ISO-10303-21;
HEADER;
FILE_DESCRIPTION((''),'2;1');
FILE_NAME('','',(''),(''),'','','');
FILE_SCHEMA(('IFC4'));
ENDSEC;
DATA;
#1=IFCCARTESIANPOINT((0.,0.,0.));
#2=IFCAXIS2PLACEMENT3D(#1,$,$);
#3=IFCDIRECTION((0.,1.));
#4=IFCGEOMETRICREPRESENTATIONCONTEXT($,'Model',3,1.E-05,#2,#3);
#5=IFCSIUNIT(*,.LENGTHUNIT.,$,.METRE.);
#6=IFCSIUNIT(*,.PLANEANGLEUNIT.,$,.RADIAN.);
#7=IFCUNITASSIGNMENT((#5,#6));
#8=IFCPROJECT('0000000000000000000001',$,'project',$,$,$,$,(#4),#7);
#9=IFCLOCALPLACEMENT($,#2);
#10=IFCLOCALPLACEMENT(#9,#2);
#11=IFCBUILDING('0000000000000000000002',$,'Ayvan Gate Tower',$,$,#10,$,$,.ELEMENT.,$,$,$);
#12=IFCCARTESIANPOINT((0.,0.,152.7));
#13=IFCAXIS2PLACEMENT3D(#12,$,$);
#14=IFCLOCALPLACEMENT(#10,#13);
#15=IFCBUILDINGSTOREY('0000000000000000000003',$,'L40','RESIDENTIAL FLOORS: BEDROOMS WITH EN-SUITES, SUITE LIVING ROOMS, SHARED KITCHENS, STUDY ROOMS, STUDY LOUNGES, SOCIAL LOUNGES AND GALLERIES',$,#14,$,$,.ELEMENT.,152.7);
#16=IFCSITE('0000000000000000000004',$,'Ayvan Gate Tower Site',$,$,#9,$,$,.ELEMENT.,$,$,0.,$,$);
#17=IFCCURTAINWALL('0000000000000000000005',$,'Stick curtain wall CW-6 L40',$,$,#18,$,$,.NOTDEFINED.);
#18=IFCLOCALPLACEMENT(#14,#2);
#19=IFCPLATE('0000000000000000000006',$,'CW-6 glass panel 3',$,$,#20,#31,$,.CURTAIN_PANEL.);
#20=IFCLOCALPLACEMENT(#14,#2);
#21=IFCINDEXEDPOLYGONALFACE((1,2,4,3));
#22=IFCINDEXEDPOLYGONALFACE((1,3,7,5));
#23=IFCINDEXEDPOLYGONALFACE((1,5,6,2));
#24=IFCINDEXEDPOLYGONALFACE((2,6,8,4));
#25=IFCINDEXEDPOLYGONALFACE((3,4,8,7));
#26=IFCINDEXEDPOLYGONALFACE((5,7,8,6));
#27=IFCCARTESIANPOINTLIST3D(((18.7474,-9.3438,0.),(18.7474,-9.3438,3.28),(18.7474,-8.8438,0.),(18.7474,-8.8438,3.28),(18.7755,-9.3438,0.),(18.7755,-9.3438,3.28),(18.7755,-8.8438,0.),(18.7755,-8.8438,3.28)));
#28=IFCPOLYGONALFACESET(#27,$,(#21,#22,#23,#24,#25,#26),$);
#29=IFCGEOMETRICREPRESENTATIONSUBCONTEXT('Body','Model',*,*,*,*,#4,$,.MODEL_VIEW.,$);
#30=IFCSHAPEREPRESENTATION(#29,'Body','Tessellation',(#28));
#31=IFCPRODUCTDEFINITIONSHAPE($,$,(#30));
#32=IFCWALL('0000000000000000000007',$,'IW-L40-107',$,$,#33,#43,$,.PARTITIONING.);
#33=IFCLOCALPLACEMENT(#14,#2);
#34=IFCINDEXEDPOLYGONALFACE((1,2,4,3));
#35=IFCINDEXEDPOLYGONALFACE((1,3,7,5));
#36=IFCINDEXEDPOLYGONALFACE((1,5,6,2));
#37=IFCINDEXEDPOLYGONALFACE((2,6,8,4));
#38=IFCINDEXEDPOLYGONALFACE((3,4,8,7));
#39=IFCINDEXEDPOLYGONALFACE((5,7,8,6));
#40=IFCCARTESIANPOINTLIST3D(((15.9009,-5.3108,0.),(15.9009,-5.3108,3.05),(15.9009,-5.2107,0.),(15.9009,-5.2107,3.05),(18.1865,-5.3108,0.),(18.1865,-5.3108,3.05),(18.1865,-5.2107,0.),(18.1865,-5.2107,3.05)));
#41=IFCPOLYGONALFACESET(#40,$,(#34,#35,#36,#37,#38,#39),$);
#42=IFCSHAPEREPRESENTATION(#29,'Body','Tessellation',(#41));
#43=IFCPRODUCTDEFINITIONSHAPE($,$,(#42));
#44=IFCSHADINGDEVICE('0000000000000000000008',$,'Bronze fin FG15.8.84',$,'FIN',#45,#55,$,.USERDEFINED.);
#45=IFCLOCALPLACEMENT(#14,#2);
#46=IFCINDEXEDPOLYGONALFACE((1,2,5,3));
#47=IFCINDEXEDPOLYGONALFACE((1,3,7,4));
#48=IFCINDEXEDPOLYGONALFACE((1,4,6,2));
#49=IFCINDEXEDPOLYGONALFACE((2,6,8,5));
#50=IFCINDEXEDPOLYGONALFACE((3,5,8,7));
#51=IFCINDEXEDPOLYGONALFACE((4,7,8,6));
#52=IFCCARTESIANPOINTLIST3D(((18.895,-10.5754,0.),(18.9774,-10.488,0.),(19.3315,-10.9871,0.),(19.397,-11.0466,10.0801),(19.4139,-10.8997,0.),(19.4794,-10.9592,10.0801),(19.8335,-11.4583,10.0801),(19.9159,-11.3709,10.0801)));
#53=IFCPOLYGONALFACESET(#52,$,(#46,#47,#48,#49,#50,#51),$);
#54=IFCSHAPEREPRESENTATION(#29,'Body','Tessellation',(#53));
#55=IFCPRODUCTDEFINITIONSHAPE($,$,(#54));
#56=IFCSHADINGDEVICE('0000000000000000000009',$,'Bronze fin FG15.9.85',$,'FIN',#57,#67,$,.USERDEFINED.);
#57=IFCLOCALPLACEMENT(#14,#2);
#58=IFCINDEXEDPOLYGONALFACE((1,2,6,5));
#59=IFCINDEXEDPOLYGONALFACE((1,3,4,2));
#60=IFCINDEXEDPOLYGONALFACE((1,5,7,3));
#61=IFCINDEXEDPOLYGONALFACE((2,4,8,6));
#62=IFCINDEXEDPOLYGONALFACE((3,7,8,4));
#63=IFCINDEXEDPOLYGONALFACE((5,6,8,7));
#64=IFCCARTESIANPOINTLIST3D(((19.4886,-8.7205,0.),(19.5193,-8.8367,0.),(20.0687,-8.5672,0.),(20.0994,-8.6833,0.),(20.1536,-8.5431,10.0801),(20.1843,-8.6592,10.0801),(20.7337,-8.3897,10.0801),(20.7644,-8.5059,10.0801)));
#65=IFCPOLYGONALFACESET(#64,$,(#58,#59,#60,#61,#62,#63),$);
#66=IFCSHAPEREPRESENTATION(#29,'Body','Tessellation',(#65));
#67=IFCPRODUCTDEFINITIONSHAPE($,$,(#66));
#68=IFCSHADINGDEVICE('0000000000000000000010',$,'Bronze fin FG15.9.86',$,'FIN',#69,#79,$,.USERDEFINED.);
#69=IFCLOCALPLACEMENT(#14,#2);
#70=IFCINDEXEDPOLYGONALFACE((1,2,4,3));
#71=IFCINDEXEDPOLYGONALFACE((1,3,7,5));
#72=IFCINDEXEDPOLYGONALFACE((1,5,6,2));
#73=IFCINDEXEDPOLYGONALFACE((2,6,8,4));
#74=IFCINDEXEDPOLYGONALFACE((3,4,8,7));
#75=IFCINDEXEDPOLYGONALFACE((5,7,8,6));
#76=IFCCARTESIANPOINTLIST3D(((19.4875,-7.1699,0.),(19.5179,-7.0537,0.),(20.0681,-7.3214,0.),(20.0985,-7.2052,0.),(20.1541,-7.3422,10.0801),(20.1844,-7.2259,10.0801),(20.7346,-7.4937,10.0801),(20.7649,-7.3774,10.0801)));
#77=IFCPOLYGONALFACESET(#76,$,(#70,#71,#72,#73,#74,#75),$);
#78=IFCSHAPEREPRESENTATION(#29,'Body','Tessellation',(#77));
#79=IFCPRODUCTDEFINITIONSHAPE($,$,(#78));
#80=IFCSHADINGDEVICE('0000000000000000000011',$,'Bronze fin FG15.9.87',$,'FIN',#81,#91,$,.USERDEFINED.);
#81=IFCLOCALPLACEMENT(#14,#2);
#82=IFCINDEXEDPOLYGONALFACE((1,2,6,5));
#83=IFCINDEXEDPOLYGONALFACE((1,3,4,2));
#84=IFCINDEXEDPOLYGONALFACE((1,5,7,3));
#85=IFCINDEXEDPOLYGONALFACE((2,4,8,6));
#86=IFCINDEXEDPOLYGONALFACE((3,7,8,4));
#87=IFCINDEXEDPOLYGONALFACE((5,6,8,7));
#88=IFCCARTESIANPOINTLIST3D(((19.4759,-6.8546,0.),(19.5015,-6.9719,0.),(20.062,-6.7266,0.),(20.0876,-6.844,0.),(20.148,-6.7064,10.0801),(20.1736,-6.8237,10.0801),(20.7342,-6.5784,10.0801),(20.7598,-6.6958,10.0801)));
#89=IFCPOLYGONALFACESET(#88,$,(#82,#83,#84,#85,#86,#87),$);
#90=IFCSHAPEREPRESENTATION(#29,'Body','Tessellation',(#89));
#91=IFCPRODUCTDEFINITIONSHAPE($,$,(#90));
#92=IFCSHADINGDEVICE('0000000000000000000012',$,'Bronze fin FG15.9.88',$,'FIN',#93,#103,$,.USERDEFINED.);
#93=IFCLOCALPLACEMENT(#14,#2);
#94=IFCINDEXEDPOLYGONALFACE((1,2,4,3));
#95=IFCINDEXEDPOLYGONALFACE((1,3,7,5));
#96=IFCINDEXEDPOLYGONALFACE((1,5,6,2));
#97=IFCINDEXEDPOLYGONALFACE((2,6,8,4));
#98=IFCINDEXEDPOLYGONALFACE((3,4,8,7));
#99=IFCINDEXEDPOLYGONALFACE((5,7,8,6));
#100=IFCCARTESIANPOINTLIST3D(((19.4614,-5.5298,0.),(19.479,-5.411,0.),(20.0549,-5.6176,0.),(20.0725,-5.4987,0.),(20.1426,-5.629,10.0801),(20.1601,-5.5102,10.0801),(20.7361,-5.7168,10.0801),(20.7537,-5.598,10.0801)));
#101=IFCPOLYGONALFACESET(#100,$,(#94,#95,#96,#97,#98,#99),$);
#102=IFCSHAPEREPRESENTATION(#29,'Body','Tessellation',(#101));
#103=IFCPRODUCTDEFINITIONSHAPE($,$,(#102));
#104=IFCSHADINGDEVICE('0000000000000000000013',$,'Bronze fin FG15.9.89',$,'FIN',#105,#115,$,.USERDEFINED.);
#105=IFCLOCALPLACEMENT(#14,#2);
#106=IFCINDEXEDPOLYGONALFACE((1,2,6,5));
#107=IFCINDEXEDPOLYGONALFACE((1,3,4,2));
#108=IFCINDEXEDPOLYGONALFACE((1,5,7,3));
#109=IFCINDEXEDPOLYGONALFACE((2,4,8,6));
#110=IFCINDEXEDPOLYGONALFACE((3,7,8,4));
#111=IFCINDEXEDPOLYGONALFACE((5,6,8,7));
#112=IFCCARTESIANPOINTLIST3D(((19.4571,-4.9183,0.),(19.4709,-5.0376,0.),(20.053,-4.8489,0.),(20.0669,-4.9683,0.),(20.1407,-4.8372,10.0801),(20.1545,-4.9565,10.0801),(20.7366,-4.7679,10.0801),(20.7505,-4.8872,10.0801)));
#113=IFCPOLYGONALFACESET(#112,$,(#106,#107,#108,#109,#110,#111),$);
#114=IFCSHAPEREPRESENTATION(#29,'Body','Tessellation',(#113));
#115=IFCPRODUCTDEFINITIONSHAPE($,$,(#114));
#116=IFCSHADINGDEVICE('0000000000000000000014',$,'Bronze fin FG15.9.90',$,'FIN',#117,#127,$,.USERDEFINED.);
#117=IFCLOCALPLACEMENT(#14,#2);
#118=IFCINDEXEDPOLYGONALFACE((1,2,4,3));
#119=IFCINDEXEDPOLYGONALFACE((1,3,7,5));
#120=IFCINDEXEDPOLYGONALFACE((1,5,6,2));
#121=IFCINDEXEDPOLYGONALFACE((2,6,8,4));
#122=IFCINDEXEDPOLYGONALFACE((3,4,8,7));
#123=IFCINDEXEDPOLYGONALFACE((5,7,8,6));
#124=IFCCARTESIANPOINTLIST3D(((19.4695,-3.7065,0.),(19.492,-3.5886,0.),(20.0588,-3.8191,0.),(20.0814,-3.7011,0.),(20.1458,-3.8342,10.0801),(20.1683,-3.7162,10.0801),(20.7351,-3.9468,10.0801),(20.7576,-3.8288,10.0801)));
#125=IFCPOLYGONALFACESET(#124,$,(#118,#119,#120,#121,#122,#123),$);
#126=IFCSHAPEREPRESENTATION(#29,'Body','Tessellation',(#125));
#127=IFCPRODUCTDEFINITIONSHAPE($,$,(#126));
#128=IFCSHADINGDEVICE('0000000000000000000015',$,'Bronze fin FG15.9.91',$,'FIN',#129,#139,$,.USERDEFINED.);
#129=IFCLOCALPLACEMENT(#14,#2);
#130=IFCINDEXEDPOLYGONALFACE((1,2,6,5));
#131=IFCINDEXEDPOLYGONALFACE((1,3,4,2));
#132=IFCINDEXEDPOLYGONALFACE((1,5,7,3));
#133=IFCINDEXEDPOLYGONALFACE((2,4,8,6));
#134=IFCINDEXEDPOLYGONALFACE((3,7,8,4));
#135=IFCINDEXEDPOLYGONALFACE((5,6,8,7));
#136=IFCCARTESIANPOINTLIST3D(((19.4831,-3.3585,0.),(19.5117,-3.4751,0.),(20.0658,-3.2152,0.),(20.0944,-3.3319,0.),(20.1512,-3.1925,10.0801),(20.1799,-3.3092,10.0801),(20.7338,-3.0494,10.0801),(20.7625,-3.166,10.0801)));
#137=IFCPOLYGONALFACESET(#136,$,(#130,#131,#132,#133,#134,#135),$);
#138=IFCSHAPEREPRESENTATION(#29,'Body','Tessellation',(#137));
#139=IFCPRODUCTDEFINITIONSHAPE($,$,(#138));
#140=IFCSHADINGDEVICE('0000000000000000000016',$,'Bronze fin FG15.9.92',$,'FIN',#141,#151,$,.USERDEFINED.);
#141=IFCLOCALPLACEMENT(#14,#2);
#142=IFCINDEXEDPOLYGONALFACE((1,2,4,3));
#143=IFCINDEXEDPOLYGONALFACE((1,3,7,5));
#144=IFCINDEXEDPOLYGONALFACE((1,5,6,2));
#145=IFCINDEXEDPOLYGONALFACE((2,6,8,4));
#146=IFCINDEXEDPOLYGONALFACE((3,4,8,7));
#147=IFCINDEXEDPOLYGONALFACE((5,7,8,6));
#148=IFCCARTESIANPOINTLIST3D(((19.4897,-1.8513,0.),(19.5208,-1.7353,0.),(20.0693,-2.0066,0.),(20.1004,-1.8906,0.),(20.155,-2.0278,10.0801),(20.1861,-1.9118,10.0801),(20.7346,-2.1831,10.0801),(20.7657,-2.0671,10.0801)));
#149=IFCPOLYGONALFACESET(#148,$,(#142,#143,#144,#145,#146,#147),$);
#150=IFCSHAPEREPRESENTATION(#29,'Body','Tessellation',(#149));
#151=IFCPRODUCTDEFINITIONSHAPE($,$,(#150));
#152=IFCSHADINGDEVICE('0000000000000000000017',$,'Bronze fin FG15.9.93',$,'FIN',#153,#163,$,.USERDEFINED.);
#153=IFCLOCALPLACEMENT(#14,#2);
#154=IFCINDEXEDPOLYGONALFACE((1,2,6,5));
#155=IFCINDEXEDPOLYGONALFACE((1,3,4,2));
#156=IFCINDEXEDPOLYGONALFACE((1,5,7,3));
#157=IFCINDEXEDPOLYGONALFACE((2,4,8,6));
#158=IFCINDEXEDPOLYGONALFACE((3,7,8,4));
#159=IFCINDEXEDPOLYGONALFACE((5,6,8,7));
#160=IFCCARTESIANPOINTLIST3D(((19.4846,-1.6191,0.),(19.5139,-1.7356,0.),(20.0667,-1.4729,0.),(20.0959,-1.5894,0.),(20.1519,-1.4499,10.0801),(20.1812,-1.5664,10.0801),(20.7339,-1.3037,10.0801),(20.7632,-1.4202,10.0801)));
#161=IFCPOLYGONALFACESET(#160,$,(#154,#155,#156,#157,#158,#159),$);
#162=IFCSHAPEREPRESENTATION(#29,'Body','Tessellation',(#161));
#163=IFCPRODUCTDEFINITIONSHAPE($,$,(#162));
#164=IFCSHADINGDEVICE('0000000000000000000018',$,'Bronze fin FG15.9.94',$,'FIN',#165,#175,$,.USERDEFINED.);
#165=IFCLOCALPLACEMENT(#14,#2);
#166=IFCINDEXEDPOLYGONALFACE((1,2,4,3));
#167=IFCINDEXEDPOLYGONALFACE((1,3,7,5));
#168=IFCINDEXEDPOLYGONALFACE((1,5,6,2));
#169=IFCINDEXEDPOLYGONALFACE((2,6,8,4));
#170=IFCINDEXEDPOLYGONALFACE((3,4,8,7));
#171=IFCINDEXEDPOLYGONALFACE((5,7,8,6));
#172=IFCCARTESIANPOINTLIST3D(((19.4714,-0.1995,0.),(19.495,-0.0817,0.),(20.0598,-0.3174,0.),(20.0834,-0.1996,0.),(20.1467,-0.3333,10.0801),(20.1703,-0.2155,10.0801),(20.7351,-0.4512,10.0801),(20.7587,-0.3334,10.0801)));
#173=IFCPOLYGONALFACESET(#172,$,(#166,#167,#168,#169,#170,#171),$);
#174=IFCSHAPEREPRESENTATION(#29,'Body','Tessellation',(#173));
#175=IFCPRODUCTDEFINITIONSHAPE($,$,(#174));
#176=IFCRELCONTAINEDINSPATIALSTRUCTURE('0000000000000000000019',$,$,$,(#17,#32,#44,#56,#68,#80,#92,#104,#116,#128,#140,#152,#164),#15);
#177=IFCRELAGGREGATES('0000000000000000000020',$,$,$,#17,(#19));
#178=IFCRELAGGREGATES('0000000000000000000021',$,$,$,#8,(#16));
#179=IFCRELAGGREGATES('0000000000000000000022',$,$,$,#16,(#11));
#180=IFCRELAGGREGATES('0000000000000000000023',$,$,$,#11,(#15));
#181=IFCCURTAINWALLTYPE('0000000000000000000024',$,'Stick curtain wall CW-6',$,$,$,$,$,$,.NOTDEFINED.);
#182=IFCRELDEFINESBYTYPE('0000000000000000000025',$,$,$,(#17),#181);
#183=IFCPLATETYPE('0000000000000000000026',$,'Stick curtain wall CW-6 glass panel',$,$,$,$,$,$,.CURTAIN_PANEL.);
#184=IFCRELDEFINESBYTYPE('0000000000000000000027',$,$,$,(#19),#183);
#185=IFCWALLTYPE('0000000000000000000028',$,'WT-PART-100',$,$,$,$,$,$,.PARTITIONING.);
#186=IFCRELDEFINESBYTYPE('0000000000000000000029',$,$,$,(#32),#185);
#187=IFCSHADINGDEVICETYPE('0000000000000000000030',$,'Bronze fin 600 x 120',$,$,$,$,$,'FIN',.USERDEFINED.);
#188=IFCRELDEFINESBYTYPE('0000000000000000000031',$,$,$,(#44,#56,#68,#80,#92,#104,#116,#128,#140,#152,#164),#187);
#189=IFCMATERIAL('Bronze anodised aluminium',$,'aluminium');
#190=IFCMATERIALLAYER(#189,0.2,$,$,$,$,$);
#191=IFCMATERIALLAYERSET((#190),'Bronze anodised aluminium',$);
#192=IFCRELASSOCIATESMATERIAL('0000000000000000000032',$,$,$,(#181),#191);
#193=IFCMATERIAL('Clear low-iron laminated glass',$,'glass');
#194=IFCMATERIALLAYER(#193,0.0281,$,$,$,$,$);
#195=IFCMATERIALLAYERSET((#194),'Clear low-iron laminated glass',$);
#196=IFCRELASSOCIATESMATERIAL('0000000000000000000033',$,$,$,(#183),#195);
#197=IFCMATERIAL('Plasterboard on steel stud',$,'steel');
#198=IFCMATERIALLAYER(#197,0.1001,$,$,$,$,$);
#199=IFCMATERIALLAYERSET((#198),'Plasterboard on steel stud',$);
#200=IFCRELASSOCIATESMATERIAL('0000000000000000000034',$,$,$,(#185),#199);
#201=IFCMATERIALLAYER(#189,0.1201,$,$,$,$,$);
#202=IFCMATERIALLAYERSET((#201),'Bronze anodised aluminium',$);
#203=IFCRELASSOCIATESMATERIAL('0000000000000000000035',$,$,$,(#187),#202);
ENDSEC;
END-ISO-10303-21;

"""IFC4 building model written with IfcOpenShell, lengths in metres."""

from ifc_helpers import new_model, si_unit, direction, frame, frame_2d, origin, origin_2d, place, context, subcontext, project, spatial, polyline, rectangle, outline, extrude, material, layer, layer_set, type_object, element, aggregate, save


model = new_model("IFC4")

# Units and contexts
model_context = context("Model", 3, precision=1e-05, world=origin(), true_north=direction((0.0, 1.0)))
body_context = subcontext(model_context, "Body", "Model", "MODEL_VIEW")
ifc_project = project(units=[si_unit("LENGTHUNIT", "METRE"), si_unit("PLANEANGLEUNIT", "RADIAN")], contexts=[model_context])

# Site, building, storey
site_placement = place(None, origin())
site = spatial("IfcSite", under=ifc_project, at=site_placement, Name="Ayvan Gate Tower Site", CompositionType="ELEMENT", RefElevation=0.0)
building_placement = place(site_placement, origin())
building = spatial("IfcBuilding", under=site, at=building_placement, Name="Ayvan Gate Tower", CompositionType="ELEMENT")
storey_placement = place(building_placement, frame((0.0, 0.0, 152.7)))
storey = spatial("IfcBuildingStorey", under=building, at=storey_placement, Name="L40", Description="RESIDENTIAL FLOORS: BEDROOMS WITH EN-SUITES, SUITE LIVING ROOMS, SHARED KITCHENS, STUDY ROOMS, STUDY LOUNGES, SOCIAL LOUNGES AND GALLERIES", CompositionType="ELEMENT", Elevation=152.7)

# Curtain wall
ifc_material_1 = material(Name="Bronze anodised aluminium", Category="aluminium")
ifc_layer_1 = layer(ifc_material_1, 0.2)
ifc_layer_set_1 = layer_set([ifc_layer_1], Name="Bronze anodised aluminium")
curtain_wall_type_1 = type_object("IfcCurtainWallType", Name="Stick curtain wall CW-6", PredefinedType="NOTDEFINED", material=ifc_layer_set_1)
curtain_wall_1_placement = place(storey_placement, origin())
curtain_wall_1 = element("IfcCurtainWall", 1, at=curtain_wall_1_placement, inside=storey, type_object=curtain_wall_type_1, Name="Stick curtain wall CW-6 L40", PredefinedType="NOTDEFINED")

# Plate
ifc_material_2 = material(Name="Clear low-iron laminated glass", Category="glass")
ifc_layer_2 = layer(ifc_material_2, 0.0281)
ifc_layer_set_2 = layer_set([ifc_layer_2], Name="Clear low-iron laminated glass")
plate_type_1 = type_object("IfcPlateType", Name="Stick curtain wall CW-6 glass panel", PredefinedType="CURTAIN_PANEL", material=ifc_layer_set_2)
plate_1_placement = place(storey_placement, frame((18.7615, -9.0938, 0.0), z_axis=(0.0, 0.0, 1.0), x_axis=(0.0, 1.0, 0.0)))
plate_1 = element("IfcPlate", 2, at=plate_1_placement, type_object=plate_type_1, Name="CW-6 glass panel 3", PredefinedType="CURTAIN_PANEL", context=body_context, shape_type="SweptSolid", body=[
    extrude(rectangle(XDim=0.5, YDim=0.0281, at=origin_2d()), origin(), (0.0, 0.0, 1.0), 3.28),
])
aggregate(curtain_wall_1, [plate_1])

# Wall
ifc_material_3 = material(Name="Plasterboard on steel stud", Category="steel")
ifc_layer_3 = layer(ifc_material_3, 0.1001)
ifc_layer_set_3 = layer_set([ifc_layer_3], Name="Plasterboard on steel stud")
wall_type = type_object("IfcWallType", Name="WT-PART-100", PredefinedType="PARTITIONING", material=ifc_layer_set_3)
wall_placement = place(storey_placement, frame((18.1865, -5.2607, 0.0), z_axis=(0.0, 0.0, 1.0), x_axis=(-1.0, 0.0, 0.0)))
element("IfcWall", 3, at=wall_placement, inside=storey, type_object=wall_type, Name="IW-L40-107", PredefinedType="PARTITIONING", context=body_context, shape_type="SweptSolid", body=[
    extrude(rectangle(XDim=2.2856, YDim=0.1001, at=frame_2d((1.1428, 0.0))), origin(), (0.0, 0.0, 1.0), 3.05),
])

# Shading devices
ifc_layer_4 = layer(ifc_material_1, 0.1201)
ifc_layer_set_4 = layer_set([ifc_layer_4], Name="Bronze anodised aluminium")
shading_device_type = type_object("IfcShadingDeviceType", Name="Bronze fin 600 x 120", ElementType="FIN", PredefinedType="USERDEFINED", material=ifc_layer_set_4)
shading_device_1_placement = place(storey_placement, frame((18.895, -10.5754, 0.0), z_axis=(-0.68605, -0.727555, 0.000154), x_axis=(0.727555, -0.68605, 0.0)))
element("IfcShadingDevice", 4, at=shading_device_1_placement, inside=storey, type_object=shading_device_type, Name="Bronze fin FG15.8.84", ObjectType="FIN", PredefinedType="USERDEFINED", context=body_context, shape_type="SweptSolid", body=[
    extrude(outline(polyline([(0.0, 0.0), (0.6, 0.0), (1.2884, 10.0801), (0.6885, 10.0801), (0.0, 0.0)])), origin(), (0.0, 0.0, -1.0), 0.1201),
])
shading_device_2_placement = place(storey_placement, frame((19.5193, -8.8367, 0.0), z_axis=(0.255535, -0.9668, 0.000164), x_axis=(0.9668, 0.255535, 0.0)))
element("IfcShadingDevice", 5, at=shading_device_2_placement, inside=storey, type_object=shading_device_type, Name="Bronze fin FG15.9.85", ObjectType="FIN", PredefinedType="USERDEFINED", context=body_context, shape_type="SweptSolid", body=[
    extrude(outline(polyline([(0.0, 0.0), (0.6, 0.0), (1.2883, 10.0801), (0.6883, 10.0801), (0.0, 0.0)])), origin(), (0.0, 0.0, -1.0), 0.1201),
])
shading_device_3_placement = place(storey_placement, frame((19.4875, -7.1699, 0.0), z_axis=(-0.25248, -0.967602, 0.000161), x_axis=(0.967602, -0.25248, 0.0)))
element("IfcShadingDevice", 6, at=shading_device_3_placement, inside=storey, type_object=shading_device_type, Name="Bronze fin FG15.9.86", ObjectType="FIN", PredefinedType="USERDEFINED", context=body_context, shape_type="SweptSolid", body=[
    extrude(outline(polyline([(0.0, 0.0), (0.6, 0.0), (1.2884, 10.0801), (0.6884, 10.0801), (0.0, 0.0)])), origin(), (0.0, 0.0, -1.0), 0.1201),
])
shading_device_4_placement = place(storey_placement, frame((19.5015, -6.9719, 0.0), z_axis=(0.213224, -0.977003, 0.000146), x_axis=(0.977003, 0.213224, 0.0)))
element("IfcShadingDevice", 7, at=shading_device_4_placement, inside=storey, type_object=shading_device_type, Name="Bronze fin FG15.9.87", ObjectType="FIN", PredefinedType="USERDEFINED", context=body_context, shape_type="SweptSolid", body=[
    extrude(outline(polyline([(0.0, 0.0), (0.6, 0.0), (1.2882, 10.0801), (0.6883, 10.0801), (0.0, 0.0)])), origin(), (0.0, 0.0, -1.0), 0.1201),
])
shading_device_5_placement = place(storey_placement, frame((19.4614, -5.5298, 0.0), z_axis=(-0.146291, -0.989242, 0.000146), x_axis=(0.989242, -0.146291, 0.0)))
element("IfcShadingDevice", 8, at=shading_device_5_placement, inside=storey, type_object=shading_device_type, Name="Bronze fin FG15.9.88", ObjectType="FIN", PredefinedType="USERDEFINED", context=body_context, shape_type="SweptSolid", body=[
    extrude(outline(polyline([(0.0, 0.0), (0.5999, 0.0), (1.2883, 10.0801), (0.6883, 10.0801), (0.0, 0.0)])), origin(), (0.0, 0.0, -1.0), 0.1201),
])
shading_device_6_placement = place(storey_placement, frame((19.4709, -5.0376, 0.0), z_axis=(0.115566, -0.9933, 0.00015), x_axis=(0.9933, 0.115566, 0.0)))
element("IfcShadingDevice", 9, at=shading_device_6_placement, inside=storey, type_object=shading_device_type, Name="Bronze fin FG15.9.89", ObjectType="FIN", PredefinedType="USERDEFINED", context=body_context, shape_type="SweptSolid", body=[
    extrude(outline(polyline([(0.0, 0.0), (0.6, 0.0), (1.2883, 10.0801), (0.6884, 10.0801), (0.0, 0.0)])), origin(), (0.0, 0.0, -1.0), 0.1201),
])
shading_device_7_placement = place(storey_placement, frame((19.4695, -3.7065, 0.0), z_axis=(-0.18758, -0.982249, 0.000142), x_axis=(0.982249, -0.18758, 0.0)))
element("IfcShadingDevice", 10, at=shading_device_7_placement, inside=storey, type_object=shading_device_type, Name="Bronze fin FG15.9.90", ObjectType="FIN", PredefinedType="USERDEFINED", context=body_context, shape_type="SweptSolid", body=[
    extrude(outline(polyline([(0.0, 0.0), (0.6, 0.0), (1.2882, 10.0801), (0.6882, 10.0801), (0.0, 0.0)])), origin(), (0.0, 0.0, -1.0), 0.1201),
])
shading_device_8_placement = place(storey_placement, frame((19.5117, -3.4751, 0.0), z_axis=(0.238656, -0.971104, 0.000164), x_axis=(0.971104, 0.238656, 0.0)))
element("IfcShadingDevice", 11, at=shading_device_8_placement, inside=storey, type_object=shading_device_type, Name="Bronze fin FG15.9.91", ObjectType="FIN", PredefinedType="USERDEFINED", context=body_context, shape_type="SweptSolid", body=[
    extrude(outline(polyline([(0.0, 0.0), (0.6001, 0.0), (1.2884, 10.0801), (0.6885, 10.0801), (0.0, 0.0)])), origin(), (0.0, 0.0, -1.0), 0.1201),
])
shading_device_9_placement = place(storey_placement, frame((19.4897, -1.8513, 0.0), z_axis=(-0.258777, -0.965937, 0.000165), x_axis=(0.965937, -0.258777, 0.0)))
element("IfcShadingDevice", 12, at=shading_device_9_placement, inside=storey, type_object=shading_device_type, Name="Bronze fin FG15.9.92", ObjectType="FIN", PredefinedType="USERDEFINED", context=body_context, shape_type="SweptSolid", body=[
    extrude(outline(polyline([(0.0, 0.0), (0.6, 0.0), (1.2883, 10.0801), (0.6883, 10.0801), (0.0, 0.0)])), origin(), (0.0, 0.0, -1.0), 0.1201),
])
shading_device_10_placement = place(storey_placement, frame((19.5139, -1.7356, 0.0), z_axis=(0.243684, -0.969855, 0.000148), x_axis=(0.969855, 0.243684, 0.0)))
element("IfcShadingDevice", 13, at=shading_device_10_placement, inside=storey, type_object=shading_device_type, Name="Bronze fin FG15.9.93", ObjectType="FIN", PredefinedType="USERDEFINED", context=body_context, shape_type="SweptSolid", body=[
    extrude(outline(polyline([(0.0, 0.0), (0.6001, 0.0), (1.2885, 10.0801), (0.6884, 10.0801), (0.0, 0.0)])), origin(), (0.0, 0.0, -1.0), 0.1201),
])
shading_device_11_placement = place(storey_placement, frame((19.4714, -0.1995, 0.0), z_axis=(-0.196507, -0.980502, 0.000151), x_axis=(0.980502, -0.196507, 0.0)))
element("IfcShadingDevice", 14, at=shading_device_11_placement, inside=storey, type_object=shading_device_type, Name="Bronze fin FG15.9.94", ObjectType="FIN", PredefinedType="USERDEFINED", context=body_context, shape_type="SweptSolid", body=[
    extrude(outline(polyline([(0.0, 0.0), (0.6001, 0.0), (1.2885, 10.0801), (0.6884, 10.0801), (0.0, 0.0)])), origin(), (0.0, 0.0, -1.0), 0.1201),
])

save(model, "model.ifc")
